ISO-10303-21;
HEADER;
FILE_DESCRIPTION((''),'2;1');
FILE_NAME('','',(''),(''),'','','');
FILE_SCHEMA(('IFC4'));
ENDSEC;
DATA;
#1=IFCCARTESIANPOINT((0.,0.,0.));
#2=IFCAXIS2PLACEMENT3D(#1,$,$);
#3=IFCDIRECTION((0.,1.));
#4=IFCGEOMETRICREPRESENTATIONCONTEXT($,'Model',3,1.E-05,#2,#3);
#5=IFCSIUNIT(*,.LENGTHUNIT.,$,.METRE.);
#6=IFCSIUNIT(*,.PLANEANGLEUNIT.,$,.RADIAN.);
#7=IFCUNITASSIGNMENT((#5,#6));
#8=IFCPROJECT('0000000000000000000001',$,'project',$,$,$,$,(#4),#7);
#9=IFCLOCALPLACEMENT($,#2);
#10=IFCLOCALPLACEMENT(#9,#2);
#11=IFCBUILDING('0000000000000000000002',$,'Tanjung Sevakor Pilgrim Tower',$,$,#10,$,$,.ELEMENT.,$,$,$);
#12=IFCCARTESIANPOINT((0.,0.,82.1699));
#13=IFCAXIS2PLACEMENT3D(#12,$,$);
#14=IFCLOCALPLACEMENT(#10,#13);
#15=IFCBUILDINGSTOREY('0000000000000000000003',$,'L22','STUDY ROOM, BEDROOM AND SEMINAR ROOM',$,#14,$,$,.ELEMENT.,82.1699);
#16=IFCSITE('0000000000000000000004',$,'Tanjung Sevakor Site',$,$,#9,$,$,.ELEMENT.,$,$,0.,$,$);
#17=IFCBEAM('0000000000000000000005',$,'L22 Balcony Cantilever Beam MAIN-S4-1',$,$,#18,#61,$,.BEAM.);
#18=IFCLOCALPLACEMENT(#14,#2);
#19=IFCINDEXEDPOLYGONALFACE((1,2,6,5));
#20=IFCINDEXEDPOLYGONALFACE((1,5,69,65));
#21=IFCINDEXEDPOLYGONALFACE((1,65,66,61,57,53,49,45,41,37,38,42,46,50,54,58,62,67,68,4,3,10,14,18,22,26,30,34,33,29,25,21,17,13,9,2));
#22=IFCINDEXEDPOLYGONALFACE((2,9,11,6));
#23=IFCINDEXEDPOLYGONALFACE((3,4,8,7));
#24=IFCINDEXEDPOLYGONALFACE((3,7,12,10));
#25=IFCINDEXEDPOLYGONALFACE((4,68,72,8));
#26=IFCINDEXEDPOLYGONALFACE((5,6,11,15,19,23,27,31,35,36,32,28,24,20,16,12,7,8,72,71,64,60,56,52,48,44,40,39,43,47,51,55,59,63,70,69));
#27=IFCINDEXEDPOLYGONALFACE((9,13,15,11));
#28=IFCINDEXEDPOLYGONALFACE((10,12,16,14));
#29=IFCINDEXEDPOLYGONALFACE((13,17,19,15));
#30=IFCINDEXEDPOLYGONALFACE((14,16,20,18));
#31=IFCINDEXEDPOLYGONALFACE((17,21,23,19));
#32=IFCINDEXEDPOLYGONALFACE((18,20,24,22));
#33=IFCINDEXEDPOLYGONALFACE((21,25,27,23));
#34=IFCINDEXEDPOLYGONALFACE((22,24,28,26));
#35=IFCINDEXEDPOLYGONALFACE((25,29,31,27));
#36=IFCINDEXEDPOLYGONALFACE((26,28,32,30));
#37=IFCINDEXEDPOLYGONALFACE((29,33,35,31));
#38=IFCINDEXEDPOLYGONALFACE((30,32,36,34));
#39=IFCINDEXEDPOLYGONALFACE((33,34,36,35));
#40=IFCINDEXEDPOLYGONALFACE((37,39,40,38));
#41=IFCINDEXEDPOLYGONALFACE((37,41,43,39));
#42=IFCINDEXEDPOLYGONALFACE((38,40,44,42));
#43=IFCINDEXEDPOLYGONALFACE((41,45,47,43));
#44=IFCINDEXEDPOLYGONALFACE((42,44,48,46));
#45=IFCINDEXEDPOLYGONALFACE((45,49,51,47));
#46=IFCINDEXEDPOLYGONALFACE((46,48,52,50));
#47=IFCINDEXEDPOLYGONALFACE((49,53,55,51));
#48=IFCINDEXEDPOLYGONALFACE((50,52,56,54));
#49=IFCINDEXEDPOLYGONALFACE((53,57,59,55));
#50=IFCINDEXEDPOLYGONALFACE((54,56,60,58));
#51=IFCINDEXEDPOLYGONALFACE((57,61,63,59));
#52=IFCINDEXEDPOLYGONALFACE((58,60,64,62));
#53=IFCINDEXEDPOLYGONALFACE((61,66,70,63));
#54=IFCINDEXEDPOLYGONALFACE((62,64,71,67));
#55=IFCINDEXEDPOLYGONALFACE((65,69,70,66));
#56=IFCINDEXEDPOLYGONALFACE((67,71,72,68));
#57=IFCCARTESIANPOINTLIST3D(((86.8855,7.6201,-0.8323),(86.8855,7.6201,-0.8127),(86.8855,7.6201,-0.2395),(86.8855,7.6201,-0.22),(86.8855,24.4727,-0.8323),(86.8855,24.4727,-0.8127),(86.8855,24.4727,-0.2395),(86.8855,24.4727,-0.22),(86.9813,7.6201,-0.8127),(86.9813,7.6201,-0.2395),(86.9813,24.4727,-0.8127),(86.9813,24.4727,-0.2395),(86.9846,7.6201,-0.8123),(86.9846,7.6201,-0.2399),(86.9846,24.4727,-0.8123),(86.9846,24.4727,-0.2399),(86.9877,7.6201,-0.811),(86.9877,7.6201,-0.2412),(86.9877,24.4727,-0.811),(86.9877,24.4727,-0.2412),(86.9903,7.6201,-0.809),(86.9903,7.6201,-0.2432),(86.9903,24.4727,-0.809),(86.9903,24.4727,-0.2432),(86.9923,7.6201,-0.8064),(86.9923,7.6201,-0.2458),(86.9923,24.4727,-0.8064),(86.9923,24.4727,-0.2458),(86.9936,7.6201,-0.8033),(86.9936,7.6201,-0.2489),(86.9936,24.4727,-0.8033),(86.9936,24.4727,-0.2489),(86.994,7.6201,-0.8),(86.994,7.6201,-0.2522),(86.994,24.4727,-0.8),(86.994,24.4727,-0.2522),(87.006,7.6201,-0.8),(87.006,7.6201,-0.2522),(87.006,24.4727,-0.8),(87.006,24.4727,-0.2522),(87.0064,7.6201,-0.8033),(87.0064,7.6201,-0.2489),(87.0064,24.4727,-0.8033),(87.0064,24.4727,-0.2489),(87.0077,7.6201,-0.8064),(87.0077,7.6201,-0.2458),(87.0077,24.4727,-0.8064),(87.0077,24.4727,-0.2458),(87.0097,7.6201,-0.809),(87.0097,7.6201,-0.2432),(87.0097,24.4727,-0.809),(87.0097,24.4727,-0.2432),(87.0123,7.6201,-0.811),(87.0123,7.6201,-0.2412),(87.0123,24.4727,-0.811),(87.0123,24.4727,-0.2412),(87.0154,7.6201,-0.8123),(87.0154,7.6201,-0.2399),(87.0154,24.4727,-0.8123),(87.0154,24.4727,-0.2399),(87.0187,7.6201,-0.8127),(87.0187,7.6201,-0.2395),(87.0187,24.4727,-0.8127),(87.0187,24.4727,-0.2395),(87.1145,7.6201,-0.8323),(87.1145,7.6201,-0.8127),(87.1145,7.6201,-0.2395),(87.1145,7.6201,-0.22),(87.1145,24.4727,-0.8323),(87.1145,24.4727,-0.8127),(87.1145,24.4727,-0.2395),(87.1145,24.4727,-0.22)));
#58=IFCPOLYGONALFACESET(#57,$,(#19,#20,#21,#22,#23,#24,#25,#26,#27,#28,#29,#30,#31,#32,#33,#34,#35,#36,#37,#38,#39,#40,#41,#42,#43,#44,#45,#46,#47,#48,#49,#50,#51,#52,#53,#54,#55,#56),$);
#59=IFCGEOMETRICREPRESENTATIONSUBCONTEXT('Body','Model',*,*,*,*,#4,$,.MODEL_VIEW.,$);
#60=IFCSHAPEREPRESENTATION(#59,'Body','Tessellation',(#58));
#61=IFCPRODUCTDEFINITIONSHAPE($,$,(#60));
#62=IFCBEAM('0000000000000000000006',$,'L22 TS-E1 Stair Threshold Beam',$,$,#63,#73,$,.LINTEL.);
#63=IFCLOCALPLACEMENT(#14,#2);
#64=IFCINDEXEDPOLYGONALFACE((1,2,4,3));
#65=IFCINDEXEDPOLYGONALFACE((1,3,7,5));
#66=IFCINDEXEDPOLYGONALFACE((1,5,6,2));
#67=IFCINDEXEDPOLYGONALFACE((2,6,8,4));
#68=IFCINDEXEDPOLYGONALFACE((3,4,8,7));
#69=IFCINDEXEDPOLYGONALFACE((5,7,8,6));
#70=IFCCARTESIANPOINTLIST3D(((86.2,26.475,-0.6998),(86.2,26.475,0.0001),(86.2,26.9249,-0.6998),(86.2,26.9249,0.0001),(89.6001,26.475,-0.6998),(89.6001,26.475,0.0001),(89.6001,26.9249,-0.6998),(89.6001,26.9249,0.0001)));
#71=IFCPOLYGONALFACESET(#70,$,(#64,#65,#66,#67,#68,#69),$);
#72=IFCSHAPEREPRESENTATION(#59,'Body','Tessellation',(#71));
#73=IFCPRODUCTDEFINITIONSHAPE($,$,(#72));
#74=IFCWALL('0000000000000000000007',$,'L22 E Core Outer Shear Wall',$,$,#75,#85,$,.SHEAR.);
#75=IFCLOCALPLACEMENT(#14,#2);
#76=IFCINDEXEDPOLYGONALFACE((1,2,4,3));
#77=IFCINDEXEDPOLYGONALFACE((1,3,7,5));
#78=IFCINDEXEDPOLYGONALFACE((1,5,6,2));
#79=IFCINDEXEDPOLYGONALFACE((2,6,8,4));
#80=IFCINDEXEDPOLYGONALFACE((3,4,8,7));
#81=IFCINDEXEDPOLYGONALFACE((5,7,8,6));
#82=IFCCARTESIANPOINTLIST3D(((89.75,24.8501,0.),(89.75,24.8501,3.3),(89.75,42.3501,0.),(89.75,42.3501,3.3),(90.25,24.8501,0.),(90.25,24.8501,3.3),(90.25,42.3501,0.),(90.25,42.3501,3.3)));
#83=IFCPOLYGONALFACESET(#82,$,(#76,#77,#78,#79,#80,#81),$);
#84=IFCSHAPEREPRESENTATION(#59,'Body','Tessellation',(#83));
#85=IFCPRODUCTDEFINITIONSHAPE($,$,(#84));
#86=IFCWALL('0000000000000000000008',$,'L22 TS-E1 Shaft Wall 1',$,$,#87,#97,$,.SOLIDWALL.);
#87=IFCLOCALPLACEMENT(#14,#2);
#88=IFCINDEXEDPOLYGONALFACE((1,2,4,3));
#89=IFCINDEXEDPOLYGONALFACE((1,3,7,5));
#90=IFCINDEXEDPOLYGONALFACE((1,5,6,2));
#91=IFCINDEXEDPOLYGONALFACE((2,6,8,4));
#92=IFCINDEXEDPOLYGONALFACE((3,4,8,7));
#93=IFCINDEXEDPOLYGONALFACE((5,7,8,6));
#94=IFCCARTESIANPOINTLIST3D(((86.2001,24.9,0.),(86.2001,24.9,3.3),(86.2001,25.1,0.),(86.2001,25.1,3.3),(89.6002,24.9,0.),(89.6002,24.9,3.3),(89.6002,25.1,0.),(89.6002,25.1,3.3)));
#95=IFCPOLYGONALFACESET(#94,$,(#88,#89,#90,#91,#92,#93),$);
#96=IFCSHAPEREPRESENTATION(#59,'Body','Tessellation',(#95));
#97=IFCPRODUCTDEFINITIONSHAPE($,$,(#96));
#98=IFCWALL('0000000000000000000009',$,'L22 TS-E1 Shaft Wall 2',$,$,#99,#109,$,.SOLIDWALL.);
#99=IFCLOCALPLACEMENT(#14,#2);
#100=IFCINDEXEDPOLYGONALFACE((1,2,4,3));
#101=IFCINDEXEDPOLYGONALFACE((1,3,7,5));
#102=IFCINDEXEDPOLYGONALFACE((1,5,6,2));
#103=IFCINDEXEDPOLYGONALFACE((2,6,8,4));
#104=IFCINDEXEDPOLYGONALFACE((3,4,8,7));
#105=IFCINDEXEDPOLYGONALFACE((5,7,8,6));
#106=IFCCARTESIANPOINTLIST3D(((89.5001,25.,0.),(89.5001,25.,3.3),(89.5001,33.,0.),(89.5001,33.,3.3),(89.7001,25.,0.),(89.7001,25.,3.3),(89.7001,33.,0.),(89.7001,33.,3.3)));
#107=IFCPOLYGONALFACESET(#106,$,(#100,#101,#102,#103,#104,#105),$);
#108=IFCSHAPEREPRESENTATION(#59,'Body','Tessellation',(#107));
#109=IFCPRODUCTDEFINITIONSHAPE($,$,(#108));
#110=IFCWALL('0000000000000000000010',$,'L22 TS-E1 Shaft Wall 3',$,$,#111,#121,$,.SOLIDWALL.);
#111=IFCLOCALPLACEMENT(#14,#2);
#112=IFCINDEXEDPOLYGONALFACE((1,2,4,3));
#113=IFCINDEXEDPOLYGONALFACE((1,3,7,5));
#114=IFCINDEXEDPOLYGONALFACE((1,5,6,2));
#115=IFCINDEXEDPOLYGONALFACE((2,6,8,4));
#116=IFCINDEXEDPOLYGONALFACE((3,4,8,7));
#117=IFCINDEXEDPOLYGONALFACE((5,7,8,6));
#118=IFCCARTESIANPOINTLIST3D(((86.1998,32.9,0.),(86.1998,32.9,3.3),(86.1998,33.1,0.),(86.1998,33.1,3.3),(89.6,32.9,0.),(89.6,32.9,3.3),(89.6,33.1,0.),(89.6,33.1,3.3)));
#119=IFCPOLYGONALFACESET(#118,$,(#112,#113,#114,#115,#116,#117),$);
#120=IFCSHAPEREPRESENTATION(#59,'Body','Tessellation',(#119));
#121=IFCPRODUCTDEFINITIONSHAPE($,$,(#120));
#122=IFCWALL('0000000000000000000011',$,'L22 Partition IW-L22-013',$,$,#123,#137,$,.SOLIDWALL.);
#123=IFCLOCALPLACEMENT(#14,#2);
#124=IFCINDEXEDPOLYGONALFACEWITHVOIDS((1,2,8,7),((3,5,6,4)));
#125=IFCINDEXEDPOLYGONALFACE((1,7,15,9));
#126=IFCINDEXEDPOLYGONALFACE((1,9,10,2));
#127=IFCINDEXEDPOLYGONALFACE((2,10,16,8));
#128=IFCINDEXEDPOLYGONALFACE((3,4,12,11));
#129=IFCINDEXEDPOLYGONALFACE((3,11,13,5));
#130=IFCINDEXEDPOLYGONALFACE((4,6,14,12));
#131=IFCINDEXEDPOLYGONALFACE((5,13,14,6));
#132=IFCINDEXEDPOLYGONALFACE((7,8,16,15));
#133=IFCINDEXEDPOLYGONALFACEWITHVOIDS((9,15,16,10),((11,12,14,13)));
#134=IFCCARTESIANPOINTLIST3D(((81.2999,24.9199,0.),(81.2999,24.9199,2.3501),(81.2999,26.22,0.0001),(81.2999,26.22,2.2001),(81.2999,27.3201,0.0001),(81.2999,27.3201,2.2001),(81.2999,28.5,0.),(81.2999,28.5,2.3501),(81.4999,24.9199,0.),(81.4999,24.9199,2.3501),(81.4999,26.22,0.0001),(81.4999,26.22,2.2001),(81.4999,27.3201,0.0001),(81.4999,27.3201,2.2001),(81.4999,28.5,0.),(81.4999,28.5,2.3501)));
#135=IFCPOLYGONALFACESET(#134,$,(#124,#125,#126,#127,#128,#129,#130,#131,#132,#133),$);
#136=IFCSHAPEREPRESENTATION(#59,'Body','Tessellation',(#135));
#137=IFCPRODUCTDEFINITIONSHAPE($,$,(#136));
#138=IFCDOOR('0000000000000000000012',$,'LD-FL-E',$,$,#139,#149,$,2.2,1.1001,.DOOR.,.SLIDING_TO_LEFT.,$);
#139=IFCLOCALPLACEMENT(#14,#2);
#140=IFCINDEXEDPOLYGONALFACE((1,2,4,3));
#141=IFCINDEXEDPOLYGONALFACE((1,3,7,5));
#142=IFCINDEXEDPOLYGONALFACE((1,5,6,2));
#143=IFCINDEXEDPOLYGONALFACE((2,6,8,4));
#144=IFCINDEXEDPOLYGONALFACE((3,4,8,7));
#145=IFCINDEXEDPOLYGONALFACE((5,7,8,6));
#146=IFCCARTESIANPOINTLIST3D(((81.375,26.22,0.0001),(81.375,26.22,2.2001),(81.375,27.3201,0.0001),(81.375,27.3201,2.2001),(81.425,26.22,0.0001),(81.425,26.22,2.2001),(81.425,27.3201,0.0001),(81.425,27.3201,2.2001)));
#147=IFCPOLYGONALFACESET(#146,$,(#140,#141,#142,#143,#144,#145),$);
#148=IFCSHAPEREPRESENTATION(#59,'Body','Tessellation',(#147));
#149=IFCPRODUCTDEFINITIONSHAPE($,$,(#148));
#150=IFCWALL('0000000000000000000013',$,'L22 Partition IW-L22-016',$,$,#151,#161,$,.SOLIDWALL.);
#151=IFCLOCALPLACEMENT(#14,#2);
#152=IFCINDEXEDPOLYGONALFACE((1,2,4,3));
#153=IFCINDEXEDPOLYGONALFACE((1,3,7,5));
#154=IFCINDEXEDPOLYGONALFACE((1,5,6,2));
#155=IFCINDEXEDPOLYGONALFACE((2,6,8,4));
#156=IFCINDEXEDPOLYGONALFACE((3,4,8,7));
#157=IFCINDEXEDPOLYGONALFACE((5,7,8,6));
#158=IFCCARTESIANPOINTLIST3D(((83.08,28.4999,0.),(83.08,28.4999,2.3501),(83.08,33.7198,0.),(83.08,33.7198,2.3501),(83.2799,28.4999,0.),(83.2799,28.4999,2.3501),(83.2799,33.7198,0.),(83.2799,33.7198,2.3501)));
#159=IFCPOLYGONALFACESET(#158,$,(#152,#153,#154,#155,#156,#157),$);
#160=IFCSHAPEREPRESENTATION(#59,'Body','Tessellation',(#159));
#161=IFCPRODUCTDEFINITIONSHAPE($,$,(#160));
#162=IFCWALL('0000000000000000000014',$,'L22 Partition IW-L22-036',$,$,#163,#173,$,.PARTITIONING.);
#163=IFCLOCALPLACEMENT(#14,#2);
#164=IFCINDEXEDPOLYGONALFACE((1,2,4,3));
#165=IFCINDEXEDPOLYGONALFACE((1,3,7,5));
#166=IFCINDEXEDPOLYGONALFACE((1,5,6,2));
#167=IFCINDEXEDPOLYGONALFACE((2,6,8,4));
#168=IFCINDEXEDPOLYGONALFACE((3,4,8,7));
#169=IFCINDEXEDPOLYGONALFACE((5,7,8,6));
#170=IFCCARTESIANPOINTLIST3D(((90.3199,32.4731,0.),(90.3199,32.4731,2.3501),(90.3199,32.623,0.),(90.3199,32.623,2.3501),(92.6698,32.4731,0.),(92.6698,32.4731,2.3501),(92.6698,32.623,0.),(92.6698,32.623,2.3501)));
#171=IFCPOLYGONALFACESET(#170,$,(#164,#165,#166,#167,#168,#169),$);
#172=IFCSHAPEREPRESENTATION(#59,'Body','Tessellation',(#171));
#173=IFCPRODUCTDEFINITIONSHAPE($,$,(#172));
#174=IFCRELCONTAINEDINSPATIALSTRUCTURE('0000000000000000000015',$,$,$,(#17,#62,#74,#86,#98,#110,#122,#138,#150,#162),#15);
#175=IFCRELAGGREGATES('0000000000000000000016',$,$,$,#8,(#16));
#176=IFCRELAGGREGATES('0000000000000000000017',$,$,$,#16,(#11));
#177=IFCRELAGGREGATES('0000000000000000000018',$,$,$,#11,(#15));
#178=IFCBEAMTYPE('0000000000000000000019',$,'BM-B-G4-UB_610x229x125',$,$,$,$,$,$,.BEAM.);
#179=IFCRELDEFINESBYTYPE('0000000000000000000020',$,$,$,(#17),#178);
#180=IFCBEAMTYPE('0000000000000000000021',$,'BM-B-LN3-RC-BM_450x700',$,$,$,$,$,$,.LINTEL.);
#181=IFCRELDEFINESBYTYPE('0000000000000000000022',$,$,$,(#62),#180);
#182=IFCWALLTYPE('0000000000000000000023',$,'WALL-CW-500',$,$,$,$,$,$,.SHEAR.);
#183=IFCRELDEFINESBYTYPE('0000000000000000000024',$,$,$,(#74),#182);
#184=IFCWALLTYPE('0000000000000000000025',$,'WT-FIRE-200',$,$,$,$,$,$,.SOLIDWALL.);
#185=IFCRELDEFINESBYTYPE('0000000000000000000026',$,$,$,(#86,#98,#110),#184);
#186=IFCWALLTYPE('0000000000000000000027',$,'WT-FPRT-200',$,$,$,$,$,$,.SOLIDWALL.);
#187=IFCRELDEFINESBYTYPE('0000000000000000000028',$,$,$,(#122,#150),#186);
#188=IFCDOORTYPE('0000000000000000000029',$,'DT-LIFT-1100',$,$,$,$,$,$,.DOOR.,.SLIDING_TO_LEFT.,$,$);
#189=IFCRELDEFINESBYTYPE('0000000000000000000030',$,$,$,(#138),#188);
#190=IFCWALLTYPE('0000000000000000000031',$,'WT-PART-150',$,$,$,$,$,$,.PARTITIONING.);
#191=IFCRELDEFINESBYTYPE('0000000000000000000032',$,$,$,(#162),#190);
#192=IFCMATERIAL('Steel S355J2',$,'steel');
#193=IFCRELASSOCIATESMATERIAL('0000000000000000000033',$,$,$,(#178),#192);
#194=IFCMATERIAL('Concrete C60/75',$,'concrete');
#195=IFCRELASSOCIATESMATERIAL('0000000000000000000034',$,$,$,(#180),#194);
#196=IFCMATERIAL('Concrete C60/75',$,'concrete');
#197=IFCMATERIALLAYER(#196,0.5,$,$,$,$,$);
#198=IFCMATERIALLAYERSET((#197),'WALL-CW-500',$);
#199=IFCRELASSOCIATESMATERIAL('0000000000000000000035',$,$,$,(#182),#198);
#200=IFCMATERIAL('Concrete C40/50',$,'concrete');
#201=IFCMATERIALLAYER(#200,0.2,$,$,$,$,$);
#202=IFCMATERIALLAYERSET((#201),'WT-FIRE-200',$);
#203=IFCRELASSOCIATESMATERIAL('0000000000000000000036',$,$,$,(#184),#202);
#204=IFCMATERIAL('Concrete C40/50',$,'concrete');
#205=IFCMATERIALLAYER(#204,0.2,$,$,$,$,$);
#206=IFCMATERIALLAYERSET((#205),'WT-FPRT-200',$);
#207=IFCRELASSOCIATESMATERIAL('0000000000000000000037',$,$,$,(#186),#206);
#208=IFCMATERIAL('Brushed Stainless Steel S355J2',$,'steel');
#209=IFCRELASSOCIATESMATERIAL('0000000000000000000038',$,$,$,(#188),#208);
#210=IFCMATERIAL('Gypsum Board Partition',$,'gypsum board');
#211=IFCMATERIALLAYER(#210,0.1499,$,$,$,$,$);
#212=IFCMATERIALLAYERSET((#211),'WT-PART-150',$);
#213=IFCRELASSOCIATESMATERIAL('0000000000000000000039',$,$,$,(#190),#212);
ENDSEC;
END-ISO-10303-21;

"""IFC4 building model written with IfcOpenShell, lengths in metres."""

from ifc_helpers import new_model, si_unit, direction, frame, frame_2d, origin, origin_2d, place, context, subcontext, project, spatial, rectangle, i_section, extrude, material, layer, layer_set, material_profile, profile_set, type_object, element, fill, save


model = new_model("IFC4")

# Units and contexts
model_context = context("Model", 3, precision=1e-05, world=origin(), true_north=direction((0.0, 1.0)))
body_context = subcontext(model_context, "Body", "Model", "MODEL_VIEW")
ifc_project = project(units=[si_unit("LENGTHUNIT", "METRE"), si_unit("PLANEANGLEUNIT", "RADIAN")], contexts=[model_context])

# Site, building, storey
site_placement = place(None, origin())
site = spatial("IfcSite", under=ifc_project, at=site_placement, Name="Tanjung Sevakor Site", CompositionType="ELEMENT", RefElevation=0.0)
building_placement = place(site_placement, origin())
building = spatial("IfcBuilding", under=site, at=building_placement, Name="Tanjung Sevakor Pilgrim Tower", CompositionType="ELEMENT")
storey_placement = place(building_placement, frame((0.0, 0.0, 82.1699)))
storey = spatial("IfcBuildingStorey", under=building, at=storey_placement, Name="L22", Description="STUDY ROOM, BEDROOM AND SEMINAR ROOM", CompositionType="ELEMENT", Elevation=82.1699)

# Beams
ifc_material_1 = material(Name="Steel S355J2", Category="steel")
ifc_material_profile_1 = material_profile(ifc_material_1, i_section(OverallWidth=0.229, OverallDepth=0.6123, WebThickness=0.012, FlangeThickness=0.0195, FilletRadius=0.0127, at=origin_2d()))
ifc_profile_set_1 = profile_set([ifc_material_profile_1], Name="Steel S355J2")
beam_type_1 = type_object("IfcBeamType", Name="BM-B-G4-UB_610x229x125", PredefinedType="BEAM", material=ifc_profile_set_1)
for number, where, z_axis, x_axis, name in (
    (1, (87.0, 24.4727, -0.5261), (0.0, -1.0, 0.0), (1.0, 0.0, 0.0), "L22 Balcony Cantilever Beam MAIN-S4-1"),
):
    element("IfcBeam", number, at=place(storey_placement, frame(where, z_axis=z_axis, x_axis=x_axis)), inside=storey, type_object=beam_type_1, Name=name, PredefinedType="BEAM", context=body_context, shape_type="SweptSolid", body=[
        extrude(i_section(OverallWidth=0.229, OverallDepth=0.6123, WebThickness=0.012, FlangeThickness=0.0195, FilletRadius=0.0127, at=origin_2d()), origin(), (0.0, 0.0, 1.0), 16.8525),
    ])
ifc_material_2 = material(Name="Concrete C60/75", Category="concrete")
ifc_material_profile_2 = material_profile(ifc_material_2, rectangle(XDim=0.45, YDim=0.7, at=origin_2d()))
ifc_profile_set_2 = profile_set([ifc_material_profile_2], Name="Concrete C60/75")
beam_type_2 = type_object("IfcBeamType", Name="BM-B-LN3-RC-BM_450x700", PredefinedType="LINTEL", material=ifc_profile_set_2)
beam_1_placement = place(storey_placement, frame((86.2, 26.7, -0.3499), z_axis=(1.0, 0.0, 0.0), x_axis=(0.0, 1.0, 0.0)))
element("IfcBeam", 2, at=beam_1_placement, inside=storey, type_object=beam_type_2, Name="L22 TS-E1 Stair Threshold Beam", PredefinedType="LINTEL", context=body_context, shape_type="SweptSolid", body=[
    extrude(rectangle(XDim=0.45, YDim=0.7, at=origin_2d()), origin(), (0.0, 0.0, 1.0), 3.4001),
])

# Wall
ifc_material_3 = material(Name="Concrete C60/75", Category="concrete")
ifc_layer_1 = layer(ifc_material_3, 0.5)
ifc_layer_set_1 = layer_set([ifc_layer_1], Name="WALL-CW-500")
wall_type_1 = type_object("IfcWallType", Name="WALL-CW-500", PredefinedType="SHEAR", material=ifc_layer_set_1)
wall_1_placement = place(storey_placement, frame((90.0, 24.8501, 0.0), z_axis=(0.0, 0.0, 1.0), x_axis=(0.0, 1.0, 0.0)))
element("IfcWall", 3, at=wall_1_placement, inside=storey, type_object=wall_type_1, Name="L22 E Core Outer Shear Wall", PredefinedType="SHEAR", context=body_context, shape_type="SweptSolid", body=[
    extrude(rectangle(XDim=17.5, YDim=0.5, at=frame_2d((8.75, 0.0))), origin(), (0.0, 0.0, 1.0), 3.3),
])

# Walls
ifc_material_4 = material(Name="Concrete C40/50", Category="concrete")
ifc_layer_2 = layer(ifc_material_4, 0.2)
ifc_layer_set_2 = layer_set([ifc_layer_2], Name="WT-FIRE-200")
wall_type_2 = type_object("IfcWallType", Name="WT-FIRE-200", PredefinedType="SOLIDWALL", material=ifc_layer_set_2)
wall_2_placement = place(storey_placement, frame((86.2, 25.0, 0.0), z_axis=(0.0, 0.0, 1.0), x_axis=(1.0, 0.0, 0.0)))
element("IfcWall", 4, at=wall_2_placement, inside=storey, type_object=wall_type_2, Name="L22 TS-E1 Shaft Wall 1", PredefinedType="SOLIDWALL", context=body_context, shape_type="SweptSolid", body=[
    extrude(rectangle(XDim=3.4001, YDim=0.2, at=frame_2d((1.7002, 0.0))), origin(), (0.0, 0.0, 1.0), 3.3),
])
wall_3_placement = place(storey_placement, frame((89.6001, 25.0, 0.0), z_axis=(0.0, 0.0, 1.0), x_axis=(0.0, 1.0, 0.0)))
element("IfcWall", 5, at=wall_3_placement, inside=storey, type_object=wall_type_2, Name="L22 TS-E1 Shaft Wall 2", PredefinedType="SOLIDWALL", context=body_context, shape_type="SweptSolid", body=[
    extrude(rectangle(XDim=8.0, YDim=0.2, at=frame_2d((4.0, 0.0))), origin(), (0.0, 0.0, 1.0), 3.3),
])
wall_4_placement = place(storey_placement, frame((89.6001, 33.0, 0.0), z_axis=(0.0, 0.0, 1.0), x_axis=(-1.0, 0.0, 0.0)))
element("IfcWall", 6, at=wall_4_placement, inside=storey, type_object=wall_type_2, Name="L22 TS-E1 Shaft Wall 3", PredefinedType="SOLIDWALL", context=body_context, shape_type="SweptSolid", body=[
    extrude(rectangle(XDim=3.4001, YDim=0.2, at=frame_2d((1.7002, 0.0))), origin(), (0.0, 0.0, 1.0), 3.3),
])

# Wall, opening, door
ifc_material_5 = material(Name="Concrete C40/50", Category="concrete")
ifc_layer_3 = layer(ifc_material_5, 0.2)
ifc_layer_set_3 = layer_set([ifc_layer_3], Name="WT-FPRT-200")
wall_type_3 = type_object("IfcWallType", Name="WT-FPRT-200", PredefinedType="SOLIDWALL", material=ifc_layer_set_3)
wall_5_placement = place(storey_placement, frame((81.3999, 24.9199, 0.0), z_axis=(0.0, 0.0, 1.0), x_axis=(0.0, 1.0, 0.0)))
wall_5 = element("IfcWall", 7, at=wall_5_placement, inside=storey, type_object=wall_type_3, Name="L22 Partition IW-L22-013", PredefinedType="SOLIDWALL", context=body_context, shape_type="SweptSolid", body=[
    extrude(rectangle(XDim=3.5801, YDim=0.2, at=frame_2d((1.79, 0.0))), origin(), (0.0, 0.0, 1.0), 2.3501),
])
opening_1_placement = place(wall_5_placement, frame((1.3, 0.0, 0.0)))
opening_1 = element("IfcOpeningElement", 8, at=opening_1_placement, cuts=wall_5, PredefinedType="OPENING", context=body_context, shape_type="SweptSolid", body=[
    extrude(rectangle(XDim=1.1001, YDim=2.2, at=frame_2d((0.55, 1.1001))), frame((0.0, 0.1099, 0.0), z_axis=(0.0, -1.0, 0.0), x_axis=(1.0, 0.0, 0.0)), (0.0, 0.0, 1.0), 0.22),
])
ifc_material_6 = material(Name="Brushed Stainless Steel S355J2", Category="steel")
door_type_1 = type_object("IfcDoorType", Name="DT-LIFT-1100", OperationType="SLIDING_TO_LEFT", PredefinedType="DOOR", material=ifc_material_6)
door_1_placement = place(opening_1_placement, origin())
door_1 = element("IfcDoor", 9, at=door_1_placement, inside=storey, type_object=door_type_1, Name="LD-FL-E", OperationType="SLIDING_TO_LEFT", OverallHeight=2.2, OverallWidth=1.1001, PredefinedType="DOOR", context=body_context, shape_type="SweptSolid", body=[
    extrude(rectangle(XDim=1.1001, YDim=2.2, at=frame_2d((0.55, 1.1001))), frame((0.0, 0.0249, 0.0), z_axis=(0.0, -1.0, 0.0), x_axis=(1.0, 0.0, 0.0)), (0.0, 0.0, 1.0), 0.05),
])
fill(opening_1, door_1)

# Walls
wall_6_placement = place(storey_placement, frame((83.1799, 28.5, 0.0), z_axis=(0.0, 0.0, 1.0), x_axis=(0.0, 1.0, 0.0)))
element("IfcWall", 10, at=wall_6_placement, inside=storey, type_object=wall_type_3, Name="L22 Partition IW-L22-016", PredefinedType="SOLIDWALL", context=body_context, shape_type="SweptSolid", body=[
    extrude(rectangle(XDim=5.22, YDim=0.2, at=frame_2d((2.6099, 0.0))), origin(), (0.0, 0.0, 1.0), 2.3501),
])
ifc_material_7 = material(Name="Gypsum Board Partition", Category="gypsum board")
ifc_layer_4 = layer(ifc_material_7, 0.1499)
ifc_layer_set_4 = layer_set([ifc_layer_4], Name="WT-PART-150")
wall_type_4 = type_object("IfcWallType", Name="WT-PART-150", PredefinedType="PARTITIONING", material=ifc_layer_set_4)
wall_7_placement = place(storey_placement, frame((90.3201, 32.5481, 0.0), z_axis=(0.0, 0.0, 1.0), x_axis=(1.0, 0.0, 0.0)))
element("IfcWall", 11, at=wall_7_placement, inside=storey, type_object=wall_type_4, Name="L22 Partition IW-L22-036", PredefinedType="PARTITIONING", context=body_context, shape_type="SweptSolid", body=[
    extrude(rectangle(XDim=2.3499, YDim=0.1499, at=frame_2d((1.1748, 0.0))), origin(), (0.0, 0.0, 1.0), 2.3501),
])

save(model, "model.ifc")
